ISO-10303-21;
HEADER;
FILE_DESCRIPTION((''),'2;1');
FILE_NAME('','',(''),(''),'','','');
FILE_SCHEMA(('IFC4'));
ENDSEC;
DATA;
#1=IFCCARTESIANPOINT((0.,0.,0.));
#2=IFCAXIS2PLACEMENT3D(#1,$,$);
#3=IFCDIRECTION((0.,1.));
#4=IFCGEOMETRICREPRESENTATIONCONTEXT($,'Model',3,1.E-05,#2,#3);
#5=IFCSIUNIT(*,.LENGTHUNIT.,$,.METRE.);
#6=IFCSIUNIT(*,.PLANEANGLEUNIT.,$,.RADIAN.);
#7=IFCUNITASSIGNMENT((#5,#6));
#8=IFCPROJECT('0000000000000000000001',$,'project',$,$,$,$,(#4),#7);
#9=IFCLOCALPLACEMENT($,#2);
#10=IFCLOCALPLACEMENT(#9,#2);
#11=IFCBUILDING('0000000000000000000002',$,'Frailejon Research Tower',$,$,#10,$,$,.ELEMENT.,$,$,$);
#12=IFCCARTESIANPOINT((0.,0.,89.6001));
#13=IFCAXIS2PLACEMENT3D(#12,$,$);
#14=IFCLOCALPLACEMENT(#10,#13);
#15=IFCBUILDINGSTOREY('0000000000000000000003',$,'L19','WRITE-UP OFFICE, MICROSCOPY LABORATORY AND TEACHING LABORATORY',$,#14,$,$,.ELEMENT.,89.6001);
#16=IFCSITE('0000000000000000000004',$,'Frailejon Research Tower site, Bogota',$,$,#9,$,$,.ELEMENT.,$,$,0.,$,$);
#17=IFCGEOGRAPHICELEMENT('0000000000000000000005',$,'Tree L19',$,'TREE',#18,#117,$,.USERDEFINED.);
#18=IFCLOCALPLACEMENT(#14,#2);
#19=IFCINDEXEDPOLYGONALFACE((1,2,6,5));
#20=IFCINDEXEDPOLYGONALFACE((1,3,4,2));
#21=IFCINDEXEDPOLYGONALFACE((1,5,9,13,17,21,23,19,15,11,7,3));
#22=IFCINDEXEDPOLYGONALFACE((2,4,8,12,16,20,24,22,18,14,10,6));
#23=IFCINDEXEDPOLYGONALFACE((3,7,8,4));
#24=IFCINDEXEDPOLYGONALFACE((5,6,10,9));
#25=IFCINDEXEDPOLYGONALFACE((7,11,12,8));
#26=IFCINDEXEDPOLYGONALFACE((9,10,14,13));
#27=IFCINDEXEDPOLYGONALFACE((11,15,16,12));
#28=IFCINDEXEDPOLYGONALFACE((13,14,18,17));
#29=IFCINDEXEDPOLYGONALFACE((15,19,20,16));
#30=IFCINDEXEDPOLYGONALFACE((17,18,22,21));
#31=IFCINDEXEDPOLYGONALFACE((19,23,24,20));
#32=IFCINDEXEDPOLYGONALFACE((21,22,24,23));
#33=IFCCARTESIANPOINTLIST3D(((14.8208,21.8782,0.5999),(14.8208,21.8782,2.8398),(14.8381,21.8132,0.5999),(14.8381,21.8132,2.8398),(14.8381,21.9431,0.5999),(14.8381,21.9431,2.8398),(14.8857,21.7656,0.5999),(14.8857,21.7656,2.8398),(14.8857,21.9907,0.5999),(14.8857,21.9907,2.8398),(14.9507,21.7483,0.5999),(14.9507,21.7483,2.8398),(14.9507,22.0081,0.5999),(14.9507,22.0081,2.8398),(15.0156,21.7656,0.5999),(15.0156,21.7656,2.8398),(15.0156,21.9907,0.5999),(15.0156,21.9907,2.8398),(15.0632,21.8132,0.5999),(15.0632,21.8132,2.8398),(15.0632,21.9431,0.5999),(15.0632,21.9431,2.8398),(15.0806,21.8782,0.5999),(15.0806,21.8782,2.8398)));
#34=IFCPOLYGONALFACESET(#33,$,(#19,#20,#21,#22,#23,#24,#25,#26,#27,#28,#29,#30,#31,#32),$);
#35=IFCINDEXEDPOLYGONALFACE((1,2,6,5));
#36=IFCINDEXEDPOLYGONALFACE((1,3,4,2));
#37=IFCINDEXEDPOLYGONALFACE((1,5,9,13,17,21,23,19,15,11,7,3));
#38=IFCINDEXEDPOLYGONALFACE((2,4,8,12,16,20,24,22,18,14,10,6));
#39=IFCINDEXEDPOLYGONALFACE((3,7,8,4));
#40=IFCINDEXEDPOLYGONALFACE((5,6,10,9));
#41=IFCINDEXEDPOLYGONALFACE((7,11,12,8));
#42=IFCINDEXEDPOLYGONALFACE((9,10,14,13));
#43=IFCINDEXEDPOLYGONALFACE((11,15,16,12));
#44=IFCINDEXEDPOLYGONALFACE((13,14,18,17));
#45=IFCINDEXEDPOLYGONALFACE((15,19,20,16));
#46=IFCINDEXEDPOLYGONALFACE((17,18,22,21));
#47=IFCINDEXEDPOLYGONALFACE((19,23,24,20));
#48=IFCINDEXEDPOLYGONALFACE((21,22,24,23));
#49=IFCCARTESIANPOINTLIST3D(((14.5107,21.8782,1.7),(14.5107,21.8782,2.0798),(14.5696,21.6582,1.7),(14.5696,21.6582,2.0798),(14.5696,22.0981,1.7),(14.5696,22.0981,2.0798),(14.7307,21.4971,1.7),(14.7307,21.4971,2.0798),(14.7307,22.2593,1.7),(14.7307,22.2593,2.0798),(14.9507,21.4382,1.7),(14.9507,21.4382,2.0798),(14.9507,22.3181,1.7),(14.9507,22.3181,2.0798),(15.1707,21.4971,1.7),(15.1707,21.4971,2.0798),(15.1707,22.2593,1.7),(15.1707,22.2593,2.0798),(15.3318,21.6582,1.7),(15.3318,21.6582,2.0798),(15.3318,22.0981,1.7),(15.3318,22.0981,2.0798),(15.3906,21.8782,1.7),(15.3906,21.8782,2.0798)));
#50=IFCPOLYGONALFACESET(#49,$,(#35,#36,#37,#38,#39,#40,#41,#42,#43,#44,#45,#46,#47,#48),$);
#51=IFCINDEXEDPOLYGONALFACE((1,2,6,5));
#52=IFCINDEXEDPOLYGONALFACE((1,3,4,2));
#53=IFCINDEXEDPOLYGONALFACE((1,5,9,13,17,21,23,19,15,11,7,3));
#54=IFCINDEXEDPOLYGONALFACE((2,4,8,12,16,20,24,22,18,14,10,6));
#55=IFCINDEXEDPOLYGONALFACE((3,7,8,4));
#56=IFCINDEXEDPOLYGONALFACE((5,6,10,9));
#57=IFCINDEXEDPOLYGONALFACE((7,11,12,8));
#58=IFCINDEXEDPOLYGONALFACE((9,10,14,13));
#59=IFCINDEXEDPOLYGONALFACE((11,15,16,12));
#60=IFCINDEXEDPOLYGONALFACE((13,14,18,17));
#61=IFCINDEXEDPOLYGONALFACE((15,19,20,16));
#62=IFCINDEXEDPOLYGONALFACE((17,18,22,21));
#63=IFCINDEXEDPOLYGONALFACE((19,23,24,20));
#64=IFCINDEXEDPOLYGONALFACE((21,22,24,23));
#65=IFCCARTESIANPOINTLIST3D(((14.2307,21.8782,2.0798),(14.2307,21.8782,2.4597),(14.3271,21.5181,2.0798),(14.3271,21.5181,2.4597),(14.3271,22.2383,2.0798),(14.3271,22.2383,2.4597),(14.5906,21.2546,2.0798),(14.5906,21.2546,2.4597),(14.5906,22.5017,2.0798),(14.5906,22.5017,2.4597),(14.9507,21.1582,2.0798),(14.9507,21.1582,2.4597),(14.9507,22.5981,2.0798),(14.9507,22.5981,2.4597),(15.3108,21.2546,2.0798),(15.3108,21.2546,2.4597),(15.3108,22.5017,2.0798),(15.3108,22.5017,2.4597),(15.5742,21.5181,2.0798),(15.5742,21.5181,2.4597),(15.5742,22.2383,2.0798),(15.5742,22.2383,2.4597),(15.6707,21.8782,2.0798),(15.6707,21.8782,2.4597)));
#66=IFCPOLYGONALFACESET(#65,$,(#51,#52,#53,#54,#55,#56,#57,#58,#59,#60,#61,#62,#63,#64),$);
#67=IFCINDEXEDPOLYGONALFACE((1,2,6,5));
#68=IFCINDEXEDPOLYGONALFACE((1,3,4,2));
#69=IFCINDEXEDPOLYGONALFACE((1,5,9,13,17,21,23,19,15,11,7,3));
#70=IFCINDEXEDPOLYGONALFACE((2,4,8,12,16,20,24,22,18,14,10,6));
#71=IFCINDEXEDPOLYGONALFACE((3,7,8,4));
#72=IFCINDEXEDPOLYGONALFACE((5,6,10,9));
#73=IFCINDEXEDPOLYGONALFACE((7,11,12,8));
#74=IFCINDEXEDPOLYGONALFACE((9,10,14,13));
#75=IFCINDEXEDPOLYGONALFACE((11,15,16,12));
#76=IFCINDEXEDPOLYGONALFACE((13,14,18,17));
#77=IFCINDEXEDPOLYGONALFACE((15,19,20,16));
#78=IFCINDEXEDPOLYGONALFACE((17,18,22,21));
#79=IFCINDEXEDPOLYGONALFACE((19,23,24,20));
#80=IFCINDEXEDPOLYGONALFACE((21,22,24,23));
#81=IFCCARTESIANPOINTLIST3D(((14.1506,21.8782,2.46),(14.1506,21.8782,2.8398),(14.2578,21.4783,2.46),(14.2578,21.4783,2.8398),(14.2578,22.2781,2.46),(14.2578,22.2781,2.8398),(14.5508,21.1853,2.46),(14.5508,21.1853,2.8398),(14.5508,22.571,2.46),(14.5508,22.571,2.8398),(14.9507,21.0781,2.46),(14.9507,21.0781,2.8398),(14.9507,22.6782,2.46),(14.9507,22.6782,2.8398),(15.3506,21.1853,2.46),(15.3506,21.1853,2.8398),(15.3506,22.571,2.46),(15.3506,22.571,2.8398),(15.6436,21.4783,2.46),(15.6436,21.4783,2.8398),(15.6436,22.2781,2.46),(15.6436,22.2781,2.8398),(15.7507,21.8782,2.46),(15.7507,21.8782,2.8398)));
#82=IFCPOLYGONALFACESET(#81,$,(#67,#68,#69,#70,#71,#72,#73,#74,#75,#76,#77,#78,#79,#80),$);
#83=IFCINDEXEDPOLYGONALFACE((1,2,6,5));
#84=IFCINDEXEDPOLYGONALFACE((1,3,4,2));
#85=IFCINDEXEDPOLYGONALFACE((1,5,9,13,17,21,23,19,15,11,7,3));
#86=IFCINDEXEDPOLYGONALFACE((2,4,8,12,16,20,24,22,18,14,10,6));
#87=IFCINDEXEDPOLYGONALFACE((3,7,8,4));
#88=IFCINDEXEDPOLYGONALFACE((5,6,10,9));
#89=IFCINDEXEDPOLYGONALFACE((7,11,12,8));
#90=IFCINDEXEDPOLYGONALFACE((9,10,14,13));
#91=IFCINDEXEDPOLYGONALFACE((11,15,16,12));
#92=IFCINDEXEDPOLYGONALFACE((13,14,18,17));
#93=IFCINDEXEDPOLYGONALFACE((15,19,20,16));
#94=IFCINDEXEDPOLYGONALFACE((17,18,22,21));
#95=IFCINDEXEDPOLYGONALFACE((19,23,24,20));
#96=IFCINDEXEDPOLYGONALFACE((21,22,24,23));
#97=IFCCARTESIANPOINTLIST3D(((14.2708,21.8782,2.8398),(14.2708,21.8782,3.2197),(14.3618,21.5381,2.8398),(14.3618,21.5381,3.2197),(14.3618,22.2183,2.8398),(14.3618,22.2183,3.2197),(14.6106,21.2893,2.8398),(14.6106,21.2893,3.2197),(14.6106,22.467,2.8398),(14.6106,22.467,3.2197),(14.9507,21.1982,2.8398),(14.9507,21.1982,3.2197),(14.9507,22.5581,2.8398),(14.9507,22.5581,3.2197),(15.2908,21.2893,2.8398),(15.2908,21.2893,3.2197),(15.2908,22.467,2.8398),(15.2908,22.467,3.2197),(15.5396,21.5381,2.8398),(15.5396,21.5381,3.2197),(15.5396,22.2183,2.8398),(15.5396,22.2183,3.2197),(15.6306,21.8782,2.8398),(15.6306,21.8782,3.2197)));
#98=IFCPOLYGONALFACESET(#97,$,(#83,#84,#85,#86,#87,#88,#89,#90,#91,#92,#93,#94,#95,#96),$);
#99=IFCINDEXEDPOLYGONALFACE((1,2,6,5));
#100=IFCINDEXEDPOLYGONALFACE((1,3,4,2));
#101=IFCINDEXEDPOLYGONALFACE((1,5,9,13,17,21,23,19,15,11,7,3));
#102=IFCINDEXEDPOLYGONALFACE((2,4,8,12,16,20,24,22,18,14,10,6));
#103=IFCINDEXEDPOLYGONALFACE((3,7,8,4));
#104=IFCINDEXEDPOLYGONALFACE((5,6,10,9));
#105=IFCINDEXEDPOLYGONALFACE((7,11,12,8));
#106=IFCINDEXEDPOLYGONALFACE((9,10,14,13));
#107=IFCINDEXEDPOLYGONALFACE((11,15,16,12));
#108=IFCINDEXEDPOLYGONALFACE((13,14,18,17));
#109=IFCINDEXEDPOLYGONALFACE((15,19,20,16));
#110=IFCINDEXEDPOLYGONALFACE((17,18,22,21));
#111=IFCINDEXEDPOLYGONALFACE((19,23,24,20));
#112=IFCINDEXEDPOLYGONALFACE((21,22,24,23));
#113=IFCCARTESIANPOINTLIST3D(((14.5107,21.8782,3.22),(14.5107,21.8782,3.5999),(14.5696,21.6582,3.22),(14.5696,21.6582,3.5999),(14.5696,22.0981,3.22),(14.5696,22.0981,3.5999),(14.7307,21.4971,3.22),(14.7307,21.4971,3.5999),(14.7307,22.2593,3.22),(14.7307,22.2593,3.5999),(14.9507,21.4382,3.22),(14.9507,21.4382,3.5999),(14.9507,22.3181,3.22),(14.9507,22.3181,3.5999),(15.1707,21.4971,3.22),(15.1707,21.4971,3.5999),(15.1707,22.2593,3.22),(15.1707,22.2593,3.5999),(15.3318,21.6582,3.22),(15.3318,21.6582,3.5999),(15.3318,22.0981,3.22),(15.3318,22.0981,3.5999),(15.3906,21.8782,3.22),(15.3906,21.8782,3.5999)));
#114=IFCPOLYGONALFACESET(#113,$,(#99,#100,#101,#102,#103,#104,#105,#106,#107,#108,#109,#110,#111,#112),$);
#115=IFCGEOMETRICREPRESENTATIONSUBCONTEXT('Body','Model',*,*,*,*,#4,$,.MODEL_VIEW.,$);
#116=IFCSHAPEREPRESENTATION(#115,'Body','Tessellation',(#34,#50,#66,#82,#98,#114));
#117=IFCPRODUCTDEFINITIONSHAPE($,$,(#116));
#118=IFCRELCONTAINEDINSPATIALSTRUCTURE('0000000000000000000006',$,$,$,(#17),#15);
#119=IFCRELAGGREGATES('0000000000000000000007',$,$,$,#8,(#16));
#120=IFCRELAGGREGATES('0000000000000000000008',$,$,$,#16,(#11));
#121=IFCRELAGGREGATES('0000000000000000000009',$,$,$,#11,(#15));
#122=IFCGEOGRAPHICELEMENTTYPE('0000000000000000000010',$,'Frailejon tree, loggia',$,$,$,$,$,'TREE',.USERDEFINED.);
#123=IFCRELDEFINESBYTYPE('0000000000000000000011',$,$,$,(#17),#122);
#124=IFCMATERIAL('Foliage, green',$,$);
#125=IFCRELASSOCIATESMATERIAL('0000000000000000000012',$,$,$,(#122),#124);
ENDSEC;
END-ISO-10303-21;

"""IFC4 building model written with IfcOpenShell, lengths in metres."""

from ifc_helpers import new_model, si_unit, direction, frame, origin, place, context, subcontext, project, spatial, polyline, outline, extrude, material, type_object, element, save


model = new_model("IFC4")

# Units and contexts
model_context = context("Model", 3, precision=1e-05, world=origin(), true_north=direction((0.0, 1.0)))
body_context = subcontext(model_context, "Body", "Model", "MODEL_VIEW")
ifc_project = project(units=[si_unit("LENGTHUNIT", "METRE"), si_unit("PLANEANGLEUNIT", "RADIAN")], contexts=[model_context])

# Site, building, storey
site_placement = place(None, origin())
site = spatial("IfcSite", under=ifc_project, at=site_placement, Name="Frailejon Research Tower site, Bogota", CompositionType="ELEMENT", RefElevation=0.0)
building_placement = place(site_placement, origin())
building = spatial("IfcBuilding", under=site, at=building_placement, Name="Frailejon Research Tower", CompositionType="ELEMENT")
storey_placement = place(building_placement, frame((0.0, 0.0, 89.6001)))
storey = spatial("IfcBuildingStorey", under=building, at=storey_placement, Name="L19", Description="WRITE-UP OFFICE, MICROSCOPY LABORATORY AND TEACHING LABORATORY", CompositionType="ELEMENT", Elevation=89.6001)

# Geographic element
ifc_material_1 = material(Name="Foliage, green")
geographic_element_type = type_object("IfcGeographicElementType", Name="Frailejon tree, loggia", ElementType="TREE", PredefinedType="USERDEFINED", material=ifc_material_1)
geographic_element_placement = place(storey_placement, frame((14.9507, 21.8782, 0.5999)))
element("IfcGeographicElement", 1, at=geographic_element_placement, inside=storey, type_object=geographic_element_type, Name="Tree L19", ObjectType="TREE", PredefinedType="USERDEFINED", context=body_context, shape_type="SweptSolid", body=[
    extrude(outline(polyline([(0.1299, 0.0), (0.1125, 0.0649), (0.0649, 0.1125), (0.0, 0.1299), (-0.0649, 0.1125), (-0.1125, 0.0649), (-0.1299, 0.0), (-0.1125, -0.0649), (-0.0649, -0.1125), (0.0, -0.1299), (0.0649, -0.1125), (0.1125, -0.0649), (0.1299, 0.0)])), origin(), (0.0, 0.0, 1.0), 2.24),
    extrude(outline(polyline([(0.4399, 0.0), (0.3811, 0.22), (0.22, 0.3811), (0.0, 0.4399), (-0.22, 0.3811), (-0.3811, 0.22), (-0.4399, 0.0), (-0.3811, -0.22), (-0.22, -0.3811), (0.0, -0.4399), (0.22, -0.3811), (0.3811, -0.22), (0.4399, 0.0)])), frame((0.0, 0.0, 1.1001)), (0.0, 0.0, 1.0), 0.3799),
    extrude(outline(polyline([(0.72, 0.0), (0.6235, 0.3601), (0.3601, 0.6235), (0.0, 0.72), (-0.3601, 0.6235), (-0.6235, 0.3601), (-0.72, 0.0), (-0.6235, -0.3601), (-0.3601, -0.6235), (0.0, -0.72), (0.3601, -0.6235), (0.6235, -0.3601), (0.72, 0.0)])), frame((0.0, 0.0, 1.48)), (0.0, 0.0, 1.0), 0.3799),
    extrude(outline(polyline([(0.8, 0.0), (0.6929, 0.3999), (0.3999, 0.6929), (0.0, 0.8), (-0.3999, 0.6929), (-0.6929, 0.3999), (-0.8, 0.0), (-0.6929, -0.3999), (-0.3999, -0.6929), (0.0, -0.8), (0.3999, -0.6929), (0.6929, -0.3999), (0.8, 0.0)])), frame((0.0, 0.0, 1.8601)), (0.0, 0.0, 1.0), 0.3799),
    extrude(outline(polyline([(0.6799, 0.0), (0.5889, 0.3401), (0.3401, 0.5889), (0.0, 0.6799), (-0.3401, 0.5889), (-0.5889, 0.3401), (-0.6799, 0.0), (-0.5889, -0.3401), (-0.3401, -0.5889), (0.0, -0.6799), (0.3401, -0.5889), (0.5889, -0.3401), (0.6799, 0.0)])), frame((0.0, 0.0, 2.24)), (0.0, 0.0, 1.0), 0.3799),
    extrude(outline(polyline([(0.4399, 0.0), (0.3811, 0.22), (0.22, 0.3811), (0.0, 0.4399), (-0.22, 0.3811), (-0.3811, 0.22), (-0.4399, 0.0), (-0.3811, -0.22), (-0.22, -0.3811), (0.0, -0.4399), (0.22, -0.3811), (0.3811, -0.22), (0.4399, 0.0)])), frame((0.0, 0.0, 2.6201)), (0.0, 0.0, 1.0), 0.3799),
])

save(model, "model.ifc")
